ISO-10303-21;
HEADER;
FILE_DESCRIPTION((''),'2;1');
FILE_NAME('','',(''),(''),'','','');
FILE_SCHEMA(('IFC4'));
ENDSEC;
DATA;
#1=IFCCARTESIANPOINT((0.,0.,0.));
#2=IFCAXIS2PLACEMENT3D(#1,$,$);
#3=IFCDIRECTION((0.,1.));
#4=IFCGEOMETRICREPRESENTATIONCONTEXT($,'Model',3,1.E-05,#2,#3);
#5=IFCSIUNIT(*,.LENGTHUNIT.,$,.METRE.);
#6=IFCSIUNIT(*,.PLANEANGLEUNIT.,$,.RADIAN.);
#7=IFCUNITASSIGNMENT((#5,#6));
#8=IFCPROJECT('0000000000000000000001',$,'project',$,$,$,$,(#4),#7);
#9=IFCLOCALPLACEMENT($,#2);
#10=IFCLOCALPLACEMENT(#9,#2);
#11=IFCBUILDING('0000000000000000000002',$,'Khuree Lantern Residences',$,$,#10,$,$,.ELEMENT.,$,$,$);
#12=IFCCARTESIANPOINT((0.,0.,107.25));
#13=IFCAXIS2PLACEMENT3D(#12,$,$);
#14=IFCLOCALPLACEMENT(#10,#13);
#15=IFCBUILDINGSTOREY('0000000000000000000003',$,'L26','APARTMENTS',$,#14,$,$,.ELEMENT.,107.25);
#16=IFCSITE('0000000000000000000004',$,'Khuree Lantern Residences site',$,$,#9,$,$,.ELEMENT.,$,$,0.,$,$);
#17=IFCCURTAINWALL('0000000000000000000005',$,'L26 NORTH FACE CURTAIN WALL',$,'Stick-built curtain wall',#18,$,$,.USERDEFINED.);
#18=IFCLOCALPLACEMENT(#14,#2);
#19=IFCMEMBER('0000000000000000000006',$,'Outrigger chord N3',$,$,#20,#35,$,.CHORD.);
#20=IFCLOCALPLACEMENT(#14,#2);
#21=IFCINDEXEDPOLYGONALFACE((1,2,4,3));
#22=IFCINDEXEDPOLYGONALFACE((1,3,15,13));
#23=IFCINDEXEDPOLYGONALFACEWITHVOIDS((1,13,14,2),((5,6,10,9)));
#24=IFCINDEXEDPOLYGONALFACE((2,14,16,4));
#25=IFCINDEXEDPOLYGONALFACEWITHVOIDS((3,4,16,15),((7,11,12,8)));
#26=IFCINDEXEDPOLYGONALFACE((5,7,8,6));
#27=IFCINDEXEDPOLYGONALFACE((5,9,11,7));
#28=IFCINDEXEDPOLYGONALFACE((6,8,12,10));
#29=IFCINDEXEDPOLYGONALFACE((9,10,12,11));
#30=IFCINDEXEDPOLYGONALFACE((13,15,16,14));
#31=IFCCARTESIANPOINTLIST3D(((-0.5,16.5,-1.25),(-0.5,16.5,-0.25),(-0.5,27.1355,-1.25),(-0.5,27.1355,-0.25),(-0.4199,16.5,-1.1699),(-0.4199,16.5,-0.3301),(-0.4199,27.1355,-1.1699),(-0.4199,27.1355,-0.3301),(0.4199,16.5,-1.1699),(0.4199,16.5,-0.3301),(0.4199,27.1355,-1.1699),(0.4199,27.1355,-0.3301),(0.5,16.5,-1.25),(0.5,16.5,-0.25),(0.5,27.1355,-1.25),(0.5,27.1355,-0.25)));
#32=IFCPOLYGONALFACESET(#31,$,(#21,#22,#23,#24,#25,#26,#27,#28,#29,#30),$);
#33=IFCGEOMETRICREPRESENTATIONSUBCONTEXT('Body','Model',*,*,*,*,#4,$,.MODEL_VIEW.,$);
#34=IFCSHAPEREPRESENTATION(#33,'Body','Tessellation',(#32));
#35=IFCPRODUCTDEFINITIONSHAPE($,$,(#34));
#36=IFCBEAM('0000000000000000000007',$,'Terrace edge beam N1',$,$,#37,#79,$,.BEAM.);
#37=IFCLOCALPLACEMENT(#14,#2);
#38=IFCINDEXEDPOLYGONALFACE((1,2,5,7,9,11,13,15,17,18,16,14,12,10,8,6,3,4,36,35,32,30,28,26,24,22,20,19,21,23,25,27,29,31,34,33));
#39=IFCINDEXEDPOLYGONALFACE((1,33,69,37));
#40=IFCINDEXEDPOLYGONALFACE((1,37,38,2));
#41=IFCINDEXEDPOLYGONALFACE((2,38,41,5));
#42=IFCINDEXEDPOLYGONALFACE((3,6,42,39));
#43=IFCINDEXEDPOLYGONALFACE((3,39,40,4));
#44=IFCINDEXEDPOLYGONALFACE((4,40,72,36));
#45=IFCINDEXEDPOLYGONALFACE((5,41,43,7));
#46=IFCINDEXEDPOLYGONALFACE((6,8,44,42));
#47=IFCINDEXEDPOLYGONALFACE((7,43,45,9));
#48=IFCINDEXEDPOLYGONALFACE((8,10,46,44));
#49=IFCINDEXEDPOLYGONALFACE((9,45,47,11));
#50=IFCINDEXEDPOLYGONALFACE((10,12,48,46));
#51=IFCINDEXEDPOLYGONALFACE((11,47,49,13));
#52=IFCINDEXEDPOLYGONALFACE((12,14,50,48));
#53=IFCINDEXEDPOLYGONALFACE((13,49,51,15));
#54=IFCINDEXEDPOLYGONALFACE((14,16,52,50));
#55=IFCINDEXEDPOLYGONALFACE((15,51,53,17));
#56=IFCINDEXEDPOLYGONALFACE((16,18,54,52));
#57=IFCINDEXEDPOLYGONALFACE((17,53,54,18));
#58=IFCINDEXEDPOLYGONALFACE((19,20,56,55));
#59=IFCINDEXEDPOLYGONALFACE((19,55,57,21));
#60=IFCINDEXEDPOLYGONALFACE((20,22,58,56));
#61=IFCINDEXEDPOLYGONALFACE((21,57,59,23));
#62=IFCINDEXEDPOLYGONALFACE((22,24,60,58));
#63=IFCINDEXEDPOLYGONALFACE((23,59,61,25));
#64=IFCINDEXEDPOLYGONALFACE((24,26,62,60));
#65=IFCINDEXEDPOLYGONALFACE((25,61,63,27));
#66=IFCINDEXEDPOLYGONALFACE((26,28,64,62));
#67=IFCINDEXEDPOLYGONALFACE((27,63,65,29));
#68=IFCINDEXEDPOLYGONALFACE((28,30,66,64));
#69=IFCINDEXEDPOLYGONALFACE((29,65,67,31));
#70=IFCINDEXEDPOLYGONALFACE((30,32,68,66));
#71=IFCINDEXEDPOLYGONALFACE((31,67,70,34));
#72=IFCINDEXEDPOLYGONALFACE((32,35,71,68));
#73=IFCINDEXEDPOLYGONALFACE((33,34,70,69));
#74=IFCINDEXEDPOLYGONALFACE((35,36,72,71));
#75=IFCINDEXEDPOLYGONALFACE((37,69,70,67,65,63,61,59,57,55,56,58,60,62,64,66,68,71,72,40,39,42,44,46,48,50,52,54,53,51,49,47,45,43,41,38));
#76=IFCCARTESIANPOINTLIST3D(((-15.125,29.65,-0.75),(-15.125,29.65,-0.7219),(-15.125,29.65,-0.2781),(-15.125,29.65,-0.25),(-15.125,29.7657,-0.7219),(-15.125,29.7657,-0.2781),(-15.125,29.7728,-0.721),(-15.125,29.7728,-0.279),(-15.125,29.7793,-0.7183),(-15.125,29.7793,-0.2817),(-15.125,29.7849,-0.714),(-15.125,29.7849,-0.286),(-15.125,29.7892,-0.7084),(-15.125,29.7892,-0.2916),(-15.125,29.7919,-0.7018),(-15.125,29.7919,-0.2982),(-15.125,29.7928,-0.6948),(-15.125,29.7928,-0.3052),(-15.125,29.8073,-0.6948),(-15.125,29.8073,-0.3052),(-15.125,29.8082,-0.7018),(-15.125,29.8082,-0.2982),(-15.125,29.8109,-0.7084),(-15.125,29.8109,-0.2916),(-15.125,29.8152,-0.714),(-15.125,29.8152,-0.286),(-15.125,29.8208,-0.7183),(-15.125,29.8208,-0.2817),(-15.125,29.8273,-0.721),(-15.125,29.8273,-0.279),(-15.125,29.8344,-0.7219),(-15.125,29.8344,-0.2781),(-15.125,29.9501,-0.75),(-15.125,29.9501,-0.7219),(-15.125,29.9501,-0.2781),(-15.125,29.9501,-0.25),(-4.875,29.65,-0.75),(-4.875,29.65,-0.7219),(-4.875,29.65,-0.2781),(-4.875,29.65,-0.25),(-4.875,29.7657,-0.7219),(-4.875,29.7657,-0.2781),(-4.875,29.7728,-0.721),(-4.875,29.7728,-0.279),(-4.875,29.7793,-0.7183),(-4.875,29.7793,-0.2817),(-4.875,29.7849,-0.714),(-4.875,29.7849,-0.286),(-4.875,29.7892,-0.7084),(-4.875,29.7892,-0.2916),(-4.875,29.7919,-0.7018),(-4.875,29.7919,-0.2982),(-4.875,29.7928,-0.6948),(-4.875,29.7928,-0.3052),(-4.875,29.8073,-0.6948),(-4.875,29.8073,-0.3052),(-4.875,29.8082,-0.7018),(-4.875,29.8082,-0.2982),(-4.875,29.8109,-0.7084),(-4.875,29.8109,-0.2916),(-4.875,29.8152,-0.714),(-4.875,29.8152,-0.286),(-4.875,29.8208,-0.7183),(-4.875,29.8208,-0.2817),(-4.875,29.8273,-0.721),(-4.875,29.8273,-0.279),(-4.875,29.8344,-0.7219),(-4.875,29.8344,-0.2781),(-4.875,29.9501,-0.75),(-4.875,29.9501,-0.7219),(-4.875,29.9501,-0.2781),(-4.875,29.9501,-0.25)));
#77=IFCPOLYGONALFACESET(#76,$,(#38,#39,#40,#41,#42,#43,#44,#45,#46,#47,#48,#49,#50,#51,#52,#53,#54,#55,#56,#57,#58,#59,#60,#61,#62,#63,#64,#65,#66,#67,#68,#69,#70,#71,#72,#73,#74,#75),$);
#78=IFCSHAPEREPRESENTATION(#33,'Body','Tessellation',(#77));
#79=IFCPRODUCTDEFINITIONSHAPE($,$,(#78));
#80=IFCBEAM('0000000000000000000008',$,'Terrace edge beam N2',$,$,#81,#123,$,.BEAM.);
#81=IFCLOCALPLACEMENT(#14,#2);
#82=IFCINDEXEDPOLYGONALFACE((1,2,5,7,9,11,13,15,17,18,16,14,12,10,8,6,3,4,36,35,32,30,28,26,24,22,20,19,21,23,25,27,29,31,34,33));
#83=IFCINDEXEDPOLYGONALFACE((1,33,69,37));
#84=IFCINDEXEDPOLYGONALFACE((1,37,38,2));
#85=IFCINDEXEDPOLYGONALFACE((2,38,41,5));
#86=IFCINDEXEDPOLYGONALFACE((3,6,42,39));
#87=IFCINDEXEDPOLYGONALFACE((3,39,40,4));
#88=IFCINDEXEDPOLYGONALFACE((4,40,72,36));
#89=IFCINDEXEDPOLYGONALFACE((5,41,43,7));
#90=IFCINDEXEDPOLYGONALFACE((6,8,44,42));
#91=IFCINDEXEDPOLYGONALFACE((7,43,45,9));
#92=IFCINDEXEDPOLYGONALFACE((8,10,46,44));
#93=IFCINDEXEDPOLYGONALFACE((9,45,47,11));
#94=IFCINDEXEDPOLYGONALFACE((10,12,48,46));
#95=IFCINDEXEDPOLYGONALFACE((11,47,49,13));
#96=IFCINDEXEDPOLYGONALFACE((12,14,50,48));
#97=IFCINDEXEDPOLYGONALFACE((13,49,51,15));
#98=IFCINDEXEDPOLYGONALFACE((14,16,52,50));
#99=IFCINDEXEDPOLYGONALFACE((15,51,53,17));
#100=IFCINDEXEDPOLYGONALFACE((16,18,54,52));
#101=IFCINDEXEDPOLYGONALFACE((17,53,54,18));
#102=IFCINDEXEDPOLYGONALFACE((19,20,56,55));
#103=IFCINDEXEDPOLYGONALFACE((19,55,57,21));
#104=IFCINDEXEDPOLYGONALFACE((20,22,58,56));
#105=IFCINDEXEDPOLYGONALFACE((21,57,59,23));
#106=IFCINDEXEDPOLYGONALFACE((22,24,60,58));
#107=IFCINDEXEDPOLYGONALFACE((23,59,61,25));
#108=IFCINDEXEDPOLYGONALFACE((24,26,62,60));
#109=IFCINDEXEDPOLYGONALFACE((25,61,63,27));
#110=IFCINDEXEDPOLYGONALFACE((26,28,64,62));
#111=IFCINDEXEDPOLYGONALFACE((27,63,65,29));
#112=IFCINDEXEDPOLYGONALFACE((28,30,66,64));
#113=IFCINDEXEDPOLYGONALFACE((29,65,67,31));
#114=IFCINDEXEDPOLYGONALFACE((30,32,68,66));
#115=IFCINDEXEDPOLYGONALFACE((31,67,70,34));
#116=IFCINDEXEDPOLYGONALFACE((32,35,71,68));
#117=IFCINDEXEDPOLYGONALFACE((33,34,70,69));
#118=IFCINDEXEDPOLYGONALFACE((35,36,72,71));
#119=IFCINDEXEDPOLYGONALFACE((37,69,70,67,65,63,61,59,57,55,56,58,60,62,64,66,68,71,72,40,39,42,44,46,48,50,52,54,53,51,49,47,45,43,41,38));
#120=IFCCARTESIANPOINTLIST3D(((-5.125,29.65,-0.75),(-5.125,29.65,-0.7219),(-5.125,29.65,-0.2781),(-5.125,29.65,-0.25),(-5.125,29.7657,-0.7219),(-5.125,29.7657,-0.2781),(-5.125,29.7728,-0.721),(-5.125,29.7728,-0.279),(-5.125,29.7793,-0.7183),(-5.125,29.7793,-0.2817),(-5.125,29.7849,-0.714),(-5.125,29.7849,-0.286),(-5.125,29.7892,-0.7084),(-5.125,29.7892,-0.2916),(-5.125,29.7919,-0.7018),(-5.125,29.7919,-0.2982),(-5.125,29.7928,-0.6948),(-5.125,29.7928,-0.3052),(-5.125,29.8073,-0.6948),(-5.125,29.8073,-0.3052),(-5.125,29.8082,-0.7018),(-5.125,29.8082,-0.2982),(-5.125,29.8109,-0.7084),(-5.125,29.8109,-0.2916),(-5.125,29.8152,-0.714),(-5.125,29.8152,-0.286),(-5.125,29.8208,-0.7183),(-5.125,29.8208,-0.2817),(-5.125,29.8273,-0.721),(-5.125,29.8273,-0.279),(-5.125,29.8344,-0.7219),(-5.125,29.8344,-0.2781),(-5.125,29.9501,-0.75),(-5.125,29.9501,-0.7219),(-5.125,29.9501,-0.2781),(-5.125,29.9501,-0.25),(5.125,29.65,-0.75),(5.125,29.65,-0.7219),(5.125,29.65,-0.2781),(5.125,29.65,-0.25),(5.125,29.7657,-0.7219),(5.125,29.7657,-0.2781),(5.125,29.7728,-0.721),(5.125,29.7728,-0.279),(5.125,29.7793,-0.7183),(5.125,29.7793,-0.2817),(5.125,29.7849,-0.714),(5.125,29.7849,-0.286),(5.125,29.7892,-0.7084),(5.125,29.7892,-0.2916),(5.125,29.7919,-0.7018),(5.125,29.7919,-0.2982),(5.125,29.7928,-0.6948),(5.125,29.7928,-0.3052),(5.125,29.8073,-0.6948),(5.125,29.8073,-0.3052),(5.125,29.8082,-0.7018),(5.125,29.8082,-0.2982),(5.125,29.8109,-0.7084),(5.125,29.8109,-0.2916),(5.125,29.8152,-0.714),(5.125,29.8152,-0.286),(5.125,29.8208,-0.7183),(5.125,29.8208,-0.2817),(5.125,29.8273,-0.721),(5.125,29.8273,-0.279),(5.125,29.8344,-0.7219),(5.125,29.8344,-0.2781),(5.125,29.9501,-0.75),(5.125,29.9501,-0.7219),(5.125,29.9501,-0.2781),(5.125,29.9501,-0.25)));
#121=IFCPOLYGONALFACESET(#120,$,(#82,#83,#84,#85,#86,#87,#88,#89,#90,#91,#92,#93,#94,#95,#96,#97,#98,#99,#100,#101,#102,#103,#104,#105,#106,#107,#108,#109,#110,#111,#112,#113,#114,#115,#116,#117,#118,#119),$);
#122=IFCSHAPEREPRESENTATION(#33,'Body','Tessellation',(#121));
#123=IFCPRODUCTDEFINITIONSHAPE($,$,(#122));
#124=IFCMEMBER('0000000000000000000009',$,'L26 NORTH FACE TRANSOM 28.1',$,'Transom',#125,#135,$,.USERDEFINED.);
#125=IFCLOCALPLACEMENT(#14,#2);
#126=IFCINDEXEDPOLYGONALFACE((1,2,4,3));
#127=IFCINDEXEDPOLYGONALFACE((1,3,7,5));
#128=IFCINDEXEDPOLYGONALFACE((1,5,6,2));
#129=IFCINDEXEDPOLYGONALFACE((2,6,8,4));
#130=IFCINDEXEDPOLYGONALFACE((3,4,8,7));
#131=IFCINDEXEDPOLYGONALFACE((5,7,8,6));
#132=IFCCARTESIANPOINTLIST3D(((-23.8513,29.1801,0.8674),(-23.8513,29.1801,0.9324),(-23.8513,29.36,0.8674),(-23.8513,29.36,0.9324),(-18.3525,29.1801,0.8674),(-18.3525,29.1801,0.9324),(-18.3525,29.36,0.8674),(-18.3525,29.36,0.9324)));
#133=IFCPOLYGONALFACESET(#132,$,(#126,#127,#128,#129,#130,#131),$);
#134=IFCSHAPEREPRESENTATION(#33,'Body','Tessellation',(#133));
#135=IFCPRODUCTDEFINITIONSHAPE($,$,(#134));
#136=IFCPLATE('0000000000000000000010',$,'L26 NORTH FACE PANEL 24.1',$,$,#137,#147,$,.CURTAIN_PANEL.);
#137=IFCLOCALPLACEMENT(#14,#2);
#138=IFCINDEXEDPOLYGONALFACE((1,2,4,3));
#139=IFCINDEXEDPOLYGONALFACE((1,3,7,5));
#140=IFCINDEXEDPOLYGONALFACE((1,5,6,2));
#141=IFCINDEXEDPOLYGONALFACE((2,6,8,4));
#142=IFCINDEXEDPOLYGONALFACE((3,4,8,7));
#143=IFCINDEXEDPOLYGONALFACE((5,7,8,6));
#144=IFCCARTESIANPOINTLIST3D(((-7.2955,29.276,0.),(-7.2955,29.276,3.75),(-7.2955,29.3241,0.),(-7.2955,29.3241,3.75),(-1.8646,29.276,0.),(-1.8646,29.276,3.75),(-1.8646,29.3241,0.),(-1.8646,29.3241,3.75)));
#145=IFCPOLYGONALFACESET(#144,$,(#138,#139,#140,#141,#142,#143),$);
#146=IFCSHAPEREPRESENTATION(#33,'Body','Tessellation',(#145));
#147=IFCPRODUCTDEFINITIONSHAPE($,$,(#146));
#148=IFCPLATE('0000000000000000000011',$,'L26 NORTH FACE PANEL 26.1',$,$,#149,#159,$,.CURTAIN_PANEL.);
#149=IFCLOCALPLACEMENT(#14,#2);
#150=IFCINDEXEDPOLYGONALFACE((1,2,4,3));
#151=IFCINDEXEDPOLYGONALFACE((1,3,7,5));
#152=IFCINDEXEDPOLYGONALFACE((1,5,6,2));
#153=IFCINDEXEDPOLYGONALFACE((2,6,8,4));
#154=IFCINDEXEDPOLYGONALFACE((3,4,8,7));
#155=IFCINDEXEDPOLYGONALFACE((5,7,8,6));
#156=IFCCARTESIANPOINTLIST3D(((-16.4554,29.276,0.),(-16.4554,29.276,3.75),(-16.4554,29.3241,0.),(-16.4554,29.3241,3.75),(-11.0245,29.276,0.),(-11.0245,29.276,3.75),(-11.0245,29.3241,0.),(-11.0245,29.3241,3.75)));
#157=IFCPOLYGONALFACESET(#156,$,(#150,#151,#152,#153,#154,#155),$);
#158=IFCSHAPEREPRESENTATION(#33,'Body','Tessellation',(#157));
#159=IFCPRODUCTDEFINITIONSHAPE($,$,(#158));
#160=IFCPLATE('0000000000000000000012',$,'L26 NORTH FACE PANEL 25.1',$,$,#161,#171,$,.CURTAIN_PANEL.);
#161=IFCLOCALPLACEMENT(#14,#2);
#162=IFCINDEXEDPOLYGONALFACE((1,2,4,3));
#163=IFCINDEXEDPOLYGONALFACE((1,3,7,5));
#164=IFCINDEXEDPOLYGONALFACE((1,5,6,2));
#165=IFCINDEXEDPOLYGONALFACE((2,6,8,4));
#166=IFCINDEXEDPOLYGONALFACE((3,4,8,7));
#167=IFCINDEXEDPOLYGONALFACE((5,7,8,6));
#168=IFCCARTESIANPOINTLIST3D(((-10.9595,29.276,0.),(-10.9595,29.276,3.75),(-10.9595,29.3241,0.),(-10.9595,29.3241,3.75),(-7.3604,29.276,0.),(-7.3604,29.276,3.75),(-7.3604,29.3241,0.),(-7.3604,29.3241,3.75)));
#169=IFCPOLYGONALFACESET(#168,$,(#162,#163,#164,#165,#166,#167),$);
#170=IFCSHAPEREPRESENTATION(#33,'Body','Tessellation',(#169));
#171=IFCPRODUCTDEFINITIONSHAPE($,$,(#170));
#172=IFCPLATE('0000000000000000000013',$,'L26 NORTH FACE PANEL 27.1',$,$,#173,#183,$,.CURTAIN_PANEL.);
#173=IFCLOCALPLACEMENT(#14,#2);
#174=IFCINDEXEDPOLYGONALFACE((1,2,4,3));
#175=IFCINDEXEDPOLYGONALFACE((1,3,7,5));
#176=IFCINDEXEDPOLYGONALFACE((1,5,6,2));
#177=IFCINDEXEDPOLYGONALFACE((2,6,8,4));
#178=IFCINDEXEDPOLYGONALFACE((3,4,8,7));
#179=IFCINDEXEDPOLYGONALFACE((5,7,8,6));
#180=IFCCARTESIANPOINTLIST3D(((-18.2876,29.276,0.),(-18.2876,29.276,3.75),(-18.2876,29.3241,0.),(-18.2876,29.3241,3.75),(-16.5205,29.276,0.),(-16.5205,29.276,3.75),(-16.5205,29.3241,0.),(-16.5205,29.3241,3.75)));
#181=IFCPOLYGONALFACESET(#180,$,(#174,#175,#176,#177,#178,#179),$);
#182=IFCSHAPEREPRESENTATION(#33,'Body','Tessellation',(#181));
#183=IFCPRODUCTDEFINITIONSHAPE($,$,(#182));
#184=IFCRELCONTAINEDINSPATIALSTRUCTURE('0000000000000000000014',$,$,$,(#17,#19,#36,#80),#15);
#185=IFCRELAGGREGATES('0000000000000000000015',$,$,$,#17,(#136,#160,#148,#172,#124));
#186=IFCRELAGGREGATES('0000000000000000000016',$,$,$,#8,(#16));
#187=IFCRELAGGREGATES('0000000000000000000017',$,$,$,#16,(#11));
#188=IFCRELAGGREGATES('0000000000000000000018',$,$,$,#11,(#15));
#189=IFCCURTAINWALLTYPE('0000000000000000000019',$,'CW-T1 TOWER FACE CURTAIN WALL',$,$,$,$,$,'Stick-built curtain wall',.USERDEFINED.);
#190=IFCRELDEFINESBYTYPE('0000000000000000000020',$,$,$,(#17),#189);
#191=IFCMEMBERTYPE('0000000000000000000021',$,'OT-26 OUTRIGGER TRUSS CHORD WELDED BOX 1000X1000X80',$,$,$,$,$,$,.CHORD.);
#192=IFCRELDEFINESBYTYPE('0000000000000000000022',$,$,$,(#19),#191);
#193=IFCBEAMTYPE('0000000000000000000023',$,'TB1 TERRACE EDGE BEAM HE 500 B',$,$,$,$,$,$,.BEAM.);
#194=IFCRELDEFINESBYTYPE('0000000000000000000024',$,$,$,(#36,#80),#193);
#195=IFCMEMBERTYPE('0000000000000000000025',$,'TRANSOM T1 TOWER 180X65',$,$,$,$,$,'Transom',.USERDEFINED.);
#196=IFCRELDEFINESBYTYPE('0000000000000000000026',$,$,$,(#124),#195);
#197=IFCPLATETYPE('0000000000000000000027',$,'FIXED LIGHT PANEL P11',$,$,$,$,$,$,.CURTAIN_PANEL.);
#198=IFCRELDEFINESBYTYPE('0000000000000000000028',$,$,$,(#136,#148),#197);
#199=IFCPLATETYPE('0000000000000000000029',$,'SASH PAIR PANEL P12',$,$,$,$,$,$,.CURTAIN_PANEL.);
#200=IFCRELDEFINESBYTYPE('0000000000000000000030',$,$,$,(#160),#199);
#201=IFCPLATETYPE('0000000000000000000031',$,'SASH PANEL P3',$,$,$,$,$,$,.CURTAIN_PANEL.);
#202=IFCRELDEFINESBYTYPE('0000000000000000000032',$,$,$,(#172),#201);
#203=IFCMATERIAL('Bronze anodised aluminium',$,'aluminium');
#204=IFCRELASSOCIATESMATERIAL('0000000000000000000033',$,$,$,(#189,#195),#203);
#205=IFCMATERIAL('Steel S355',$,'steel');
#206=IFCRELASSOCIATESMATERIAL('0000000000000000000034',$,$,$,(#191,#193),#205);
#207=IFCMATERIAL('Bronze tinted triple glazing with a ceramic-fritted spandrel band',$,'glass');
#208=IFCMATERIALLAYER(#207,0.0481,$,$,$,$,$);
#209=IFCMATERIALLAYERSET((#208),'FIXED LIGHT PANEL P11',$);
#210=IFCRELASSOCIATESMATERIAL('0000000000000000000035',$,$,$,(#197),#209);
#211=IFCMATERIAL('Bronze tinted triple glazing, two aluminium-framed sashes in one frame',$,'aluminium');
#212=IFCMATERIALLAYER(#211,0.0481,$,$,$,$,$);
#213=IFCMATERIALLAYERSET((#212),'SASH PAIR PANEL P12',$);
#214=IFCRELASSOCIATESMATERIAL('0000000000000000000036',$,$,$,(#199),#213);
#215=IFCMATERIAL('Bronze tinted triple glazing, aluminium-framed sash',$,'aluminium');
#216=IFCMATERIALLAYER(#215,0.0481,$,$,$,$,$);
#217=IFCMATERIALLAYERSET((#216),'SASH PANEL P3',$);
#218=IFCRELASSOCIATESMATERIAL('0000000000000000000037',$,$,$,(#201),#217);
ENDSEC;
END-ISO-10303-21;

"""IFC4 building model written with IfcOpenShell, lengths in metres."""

from ifc_helpers import new_model, si_unit, direction, frame, origin, origin_2d, place, context, subcontext, project, spatial, rectangle, hollow_rectangle, i_section, extrude, material, layer, layer_set, material_profile, profile_set, type_object, element, aggregate, save


model = new_model("IFC4")

# Units and contexts
model_context = context("Model", 3, precision=1e-05, world=origin(), true_north=direction((0.0, 1.0)))
body_context = subcontext(model_context, "Body", "Model", "MODEL_VIEW")
ifc_project = project(units=[si_unit("LENGTHUNIT", "METRE"), si_unit("PLANEANGLEUNIT", "RADIAN")], contexts=[model_context])

# Site, building, storey
site_placement = place(None, origin())
site = spatial("IfcSite", under=ifc_project, at=site_placement, Name="Khuree Lantern Residences site", CompositionType="ELEMENT", RefElevation=0.0)
building_placement = place(site_placement, origin())
building = spatial("IfcBuilding", under=site, at=building_placement, Name="Khuree Lantern Residences", CompositionType="ELEMENT")
storey_placement = place(building_placement, frame((0.0, 0.0, 107.25)))
storey = spatial("IfcBuildingStorey", under=building, at=storey_placement, Name="L26", Description="APARTMENTS", CompositionType="ELEMENT", Elevation=107.25)

# Shared definitions
ifc_material_1 = material(Name="Steel S355", Category="steel")

# Curtain wall
ifc_material_2 = material(Name="Bronze anodised aluminium", Category="aluminium")
curtain_wall_type = type_object("IfcCurtainWallType", Name="CW-T1 TOWER FACE CURTAIN WALL", ElementType="Stick-built curtain wall", PredefinedType="USERDEFINED", material=ifc_material_2)
curtain_wall_placement = place(storey_placement, origin())
curtain_wall = element("IfcCurtainWall", 1, at=curtain_wall_placement, inside=storey, type_object=curtain_wall_type, Name="L26 NORTH FACE CURTAIN WALL", ObjectType="Stick-built curtain wall", PredefinedType="USERDEFINED")

# Member
ifc_material_profile_1 = material_profile(ifc_material_1, hollow_rectangle(XDim=1.0, YDim=1.0, WallThickness=0.0801, at=origin_2d()), Name="WELDED BOX 1000X1000X80")
ifc_profile_set_1 = profile_set([ifc_material_profile_1], Name="Steel S355")
member_type_1 = type_object("IfcMemberType", Name="OT-26 OUTRIGGER TRUSS CHORD WELDED BOX 1000X1000X80", PredefinedType="CHORD", material=ifc_profile_set_1)
for number, where, z_axis, x_axis, name in (
    (2, (0.0, 27.1355, -0.75), (0.0, -1.0, 0.0), (1.0, 0.0, 0.0), "Outrigger chord N3"),
):
    element("IfcMember", number, at=place(storey_placement, frame(where, z_axis=z_axis, x_axis=x_axis)), inside=storey, type_object=member_type_1, Name=name, PredefinedType="CHORD", context=body_context, shape_type="SweptSolid", body=[
        extrude(hollow_rectangle(XDim=1.0, YDim=1.0, WallThickness=0.0801, at=origin_2d()), origin(), (0.0, 0.0, 1.0), 10.6355),
    ])

# Beams
ifc_material_profile_2 = material_profile(ifc_material_1, i_section(OverallWidth=0.3, OverallDepth=0.5, WebThickness=0.0144, FlangeThickness=0.0281, FilletRadius=0.0271, at=origin_2d()), Name="HE 500 B")
ifc_profile_set_2 = profile_set([ifc_material_profile_2], Name="Steel S355")
beam_type_1 = type_object("IfcBeamType", Name="TB1 TERRACE EDGE BEAM HE 500 B", PredefinedType="BEAM", material=ifc_profile_set_2)
for number, where, z_axis, x_axis, name in (
    (3, (-15.125, 29.8, -0.5), (1.0, 0.0, 0.0), (0.0, 1.0, 0.0), "Terrace edge beam N1"),
    (4, (-5.125, 29.8, -0.5), (1.0, 0.0, 0.0), (0.0, 1.0, 0.0), "Terrace edge beam N2"),
):
    element("IfcBeam", number, at=place(storey_placement, frame(where, z_axis=z_axis, x_axis=x_axis)), inside=storey, type_object=beam_type_1, Name=name, PredefinedType="BEAM", context=body_context, shape_type="SweptSolid", body=[
        extrude(i_section(OverallWidth=0.3, OverallDepth=0.5, WebThickness=0.0144, FlangeThickness=0.0281, FilletRadius=0.0271, at=origin_2d()), origin(), (0.0, 0.0, 1.0), 10.25),
    ])

# Member
ifc_material_profile_3 = material_profile(ifc_material_2, rectangle(XDim=0.1799, YDim=0.0649, at=origin_2d()), Name="T1 180X65")
ifc_profile_set_3 = profile_set([ifc_material_profile_3], Name="Bronze anodised aluminium")
member_type_2 = type_object("IfcMemberType", Name="TRANSOM T1 TOWER 180X65", ElementType="Transom", PredefinedType="USERDEFINED", material=ifc_profile_set_3)
member_1_placement = place(storey_placement, frame((-18.3525, 29.27, 0.8999), z_axis=(-1.0, 0.0, 0.0), x_axis=(0.0, -1.0, 0.0)))
member_1 = element("IfcMember", 5, at=member_1_placement, type_object=member_type_2, Name="L26 NORTH FACE TRANSOM 28.1", ObjectType="Transom", PredefinedType="USERDEFINED", context=body_context, shape_type="SweptSolid", body=[
    extrude(rectangle(XDim=0.1799, YDim=0.0649, at=origin_2d()), origin(), (0.0, 0.0, 1.0), 5.4988),
])

# Plates
ifc_material_3 = material(Name="Bronze tinted triple glazing with a ceramic-fritted spandrel band", Category="glass")
ifc_layer_1 = layer(ifc_material_3, 0.0481)
ifc_layer_set_1 = layer_set([ifc_layer_1], Name="FIXED LIGHT PANEL P11")
plate_type_1 = type_object("IfcPlateType", Name="FIXED LIGHT PANEL P11", PredefinedType="CURTAIN_PANEL", material=ifc_layer_set_1)
plate_1_placement = place(storey_placement, frame((-4.5801, 29.3, 0.0), z_axis=(0.0, 0.0, 1.0), x_axis=(-1.0, 0.0, 0.0)))
plate_1 = element("IfcPlate", 6, at=plate_1_placement, type_object=plate_type_1, Name="L26 NORTH FACE PANEL 24.1", PredefinedType="CURTAIN_PANEL", context=body_context, shape_type="SweptSolid", body=[
    extrude(rectangle(XDim=5.4309, YDim=0.0481, at=origin_2d()), origin(), (0.0, 0.0, 1.0), 3.75),
])
plate_2_placement = place(storey_placement, frame((-13.74, 29.3, 0.0), z_axis=(0.0, 0.0, 1.0), x_axis=(-1.0, 0.0, 0.0)))
plate_2 = element("IfcPlate", 7, at=plate_2_placement, type_object=plate_type_1, Name="L26 NORTH FACE PANEL 26.1", PredefinedType="CURTAIN_PANEL", context=body_context, shape_type="SweptSolid", body=[
    extrude(rectangle(XDim=5.4309, YDim=0.0481, at=origin_2d()), origin(), (0.0, 0.0, 1.0), 3.75),
])
ifc_material_4 = material(Name="Bronze tinted triple glazing, two aluminium-framed sashes in one frame", Category="aluminium")
ifc_layer_2 = layer(ifc_material_4, 0.0481)
ifc_layer_set_2 = layer_set([ifc_layer_2], Name="SASH PAIR PANEL P12")
plate_type_2 = type_object("IfcPlateType", Name="SASH PAIR PANEL P12", PredefinedType="CURTAIN_PANEL", material=ifc_layer_set_2)
plate_3_placement = place(storey_placement, frame((-9.1599, 29.3, 0.0), z_axis=(0.0, 0.0, 1.0), x_axis=(-1.0, 0.0, 0.0)))
plate_3 = element("IfcPlate", 8, at=plate_3_placement, type_object=plate_type_2, Name="L26 NORTH FACE PANEL 25.1", PredefinedType="CURTAIN_PANEL", context=body_context, shape_type="SweptSolid", body=[
    extrude(rectangle(XDim=3.5991, YDim=0.0481, at=origin_2d()), origin(), (0.0, 0.0, 1.0), 3.75),
])
ifc_material_5 = material(Name="Bronze tinted triple glazing, aluminium-framed sash", Category="aluminium")
ifc_layer_3 = layer(ifc_material_5, 0.0481)
ifc_layer_set_3 = layer_set([ifc_layer_3], Name="SASH PANEL P3")
plate_type_3 = type_object("IfcPlateType", Name="SASH PANEL P3", PredefinedType="CURTAIN_PANEL", material=ifc_layer_set_3)
plate_4_placement = place(storey_placement, frame((-17.4041, 29.3, 0.0), z_axis=(0.0, 0.0, 1.0), x_axis=(-1.0, 0.0, 0.0)))
plate_4 = element("IfcPlate", 9, at=plate_4_placement, type_object=plate_type_3, Name="L26 NORTH FACE PANEL 27.1", PredefinedType="CURTAIN_PANEL", context=body_context, shape_type="SweptSolid", body=[
    extrude(rectangle(XDim=1.7671, YDim=0.0481, at=origin_2d()), origin(), (0.0, 0.0, 1.0), 3.75),
])
aggregate(curtain_wall, [plate_1, plate_3, plate_2, plate_4, member_1])

save(model, "model.ifc")
